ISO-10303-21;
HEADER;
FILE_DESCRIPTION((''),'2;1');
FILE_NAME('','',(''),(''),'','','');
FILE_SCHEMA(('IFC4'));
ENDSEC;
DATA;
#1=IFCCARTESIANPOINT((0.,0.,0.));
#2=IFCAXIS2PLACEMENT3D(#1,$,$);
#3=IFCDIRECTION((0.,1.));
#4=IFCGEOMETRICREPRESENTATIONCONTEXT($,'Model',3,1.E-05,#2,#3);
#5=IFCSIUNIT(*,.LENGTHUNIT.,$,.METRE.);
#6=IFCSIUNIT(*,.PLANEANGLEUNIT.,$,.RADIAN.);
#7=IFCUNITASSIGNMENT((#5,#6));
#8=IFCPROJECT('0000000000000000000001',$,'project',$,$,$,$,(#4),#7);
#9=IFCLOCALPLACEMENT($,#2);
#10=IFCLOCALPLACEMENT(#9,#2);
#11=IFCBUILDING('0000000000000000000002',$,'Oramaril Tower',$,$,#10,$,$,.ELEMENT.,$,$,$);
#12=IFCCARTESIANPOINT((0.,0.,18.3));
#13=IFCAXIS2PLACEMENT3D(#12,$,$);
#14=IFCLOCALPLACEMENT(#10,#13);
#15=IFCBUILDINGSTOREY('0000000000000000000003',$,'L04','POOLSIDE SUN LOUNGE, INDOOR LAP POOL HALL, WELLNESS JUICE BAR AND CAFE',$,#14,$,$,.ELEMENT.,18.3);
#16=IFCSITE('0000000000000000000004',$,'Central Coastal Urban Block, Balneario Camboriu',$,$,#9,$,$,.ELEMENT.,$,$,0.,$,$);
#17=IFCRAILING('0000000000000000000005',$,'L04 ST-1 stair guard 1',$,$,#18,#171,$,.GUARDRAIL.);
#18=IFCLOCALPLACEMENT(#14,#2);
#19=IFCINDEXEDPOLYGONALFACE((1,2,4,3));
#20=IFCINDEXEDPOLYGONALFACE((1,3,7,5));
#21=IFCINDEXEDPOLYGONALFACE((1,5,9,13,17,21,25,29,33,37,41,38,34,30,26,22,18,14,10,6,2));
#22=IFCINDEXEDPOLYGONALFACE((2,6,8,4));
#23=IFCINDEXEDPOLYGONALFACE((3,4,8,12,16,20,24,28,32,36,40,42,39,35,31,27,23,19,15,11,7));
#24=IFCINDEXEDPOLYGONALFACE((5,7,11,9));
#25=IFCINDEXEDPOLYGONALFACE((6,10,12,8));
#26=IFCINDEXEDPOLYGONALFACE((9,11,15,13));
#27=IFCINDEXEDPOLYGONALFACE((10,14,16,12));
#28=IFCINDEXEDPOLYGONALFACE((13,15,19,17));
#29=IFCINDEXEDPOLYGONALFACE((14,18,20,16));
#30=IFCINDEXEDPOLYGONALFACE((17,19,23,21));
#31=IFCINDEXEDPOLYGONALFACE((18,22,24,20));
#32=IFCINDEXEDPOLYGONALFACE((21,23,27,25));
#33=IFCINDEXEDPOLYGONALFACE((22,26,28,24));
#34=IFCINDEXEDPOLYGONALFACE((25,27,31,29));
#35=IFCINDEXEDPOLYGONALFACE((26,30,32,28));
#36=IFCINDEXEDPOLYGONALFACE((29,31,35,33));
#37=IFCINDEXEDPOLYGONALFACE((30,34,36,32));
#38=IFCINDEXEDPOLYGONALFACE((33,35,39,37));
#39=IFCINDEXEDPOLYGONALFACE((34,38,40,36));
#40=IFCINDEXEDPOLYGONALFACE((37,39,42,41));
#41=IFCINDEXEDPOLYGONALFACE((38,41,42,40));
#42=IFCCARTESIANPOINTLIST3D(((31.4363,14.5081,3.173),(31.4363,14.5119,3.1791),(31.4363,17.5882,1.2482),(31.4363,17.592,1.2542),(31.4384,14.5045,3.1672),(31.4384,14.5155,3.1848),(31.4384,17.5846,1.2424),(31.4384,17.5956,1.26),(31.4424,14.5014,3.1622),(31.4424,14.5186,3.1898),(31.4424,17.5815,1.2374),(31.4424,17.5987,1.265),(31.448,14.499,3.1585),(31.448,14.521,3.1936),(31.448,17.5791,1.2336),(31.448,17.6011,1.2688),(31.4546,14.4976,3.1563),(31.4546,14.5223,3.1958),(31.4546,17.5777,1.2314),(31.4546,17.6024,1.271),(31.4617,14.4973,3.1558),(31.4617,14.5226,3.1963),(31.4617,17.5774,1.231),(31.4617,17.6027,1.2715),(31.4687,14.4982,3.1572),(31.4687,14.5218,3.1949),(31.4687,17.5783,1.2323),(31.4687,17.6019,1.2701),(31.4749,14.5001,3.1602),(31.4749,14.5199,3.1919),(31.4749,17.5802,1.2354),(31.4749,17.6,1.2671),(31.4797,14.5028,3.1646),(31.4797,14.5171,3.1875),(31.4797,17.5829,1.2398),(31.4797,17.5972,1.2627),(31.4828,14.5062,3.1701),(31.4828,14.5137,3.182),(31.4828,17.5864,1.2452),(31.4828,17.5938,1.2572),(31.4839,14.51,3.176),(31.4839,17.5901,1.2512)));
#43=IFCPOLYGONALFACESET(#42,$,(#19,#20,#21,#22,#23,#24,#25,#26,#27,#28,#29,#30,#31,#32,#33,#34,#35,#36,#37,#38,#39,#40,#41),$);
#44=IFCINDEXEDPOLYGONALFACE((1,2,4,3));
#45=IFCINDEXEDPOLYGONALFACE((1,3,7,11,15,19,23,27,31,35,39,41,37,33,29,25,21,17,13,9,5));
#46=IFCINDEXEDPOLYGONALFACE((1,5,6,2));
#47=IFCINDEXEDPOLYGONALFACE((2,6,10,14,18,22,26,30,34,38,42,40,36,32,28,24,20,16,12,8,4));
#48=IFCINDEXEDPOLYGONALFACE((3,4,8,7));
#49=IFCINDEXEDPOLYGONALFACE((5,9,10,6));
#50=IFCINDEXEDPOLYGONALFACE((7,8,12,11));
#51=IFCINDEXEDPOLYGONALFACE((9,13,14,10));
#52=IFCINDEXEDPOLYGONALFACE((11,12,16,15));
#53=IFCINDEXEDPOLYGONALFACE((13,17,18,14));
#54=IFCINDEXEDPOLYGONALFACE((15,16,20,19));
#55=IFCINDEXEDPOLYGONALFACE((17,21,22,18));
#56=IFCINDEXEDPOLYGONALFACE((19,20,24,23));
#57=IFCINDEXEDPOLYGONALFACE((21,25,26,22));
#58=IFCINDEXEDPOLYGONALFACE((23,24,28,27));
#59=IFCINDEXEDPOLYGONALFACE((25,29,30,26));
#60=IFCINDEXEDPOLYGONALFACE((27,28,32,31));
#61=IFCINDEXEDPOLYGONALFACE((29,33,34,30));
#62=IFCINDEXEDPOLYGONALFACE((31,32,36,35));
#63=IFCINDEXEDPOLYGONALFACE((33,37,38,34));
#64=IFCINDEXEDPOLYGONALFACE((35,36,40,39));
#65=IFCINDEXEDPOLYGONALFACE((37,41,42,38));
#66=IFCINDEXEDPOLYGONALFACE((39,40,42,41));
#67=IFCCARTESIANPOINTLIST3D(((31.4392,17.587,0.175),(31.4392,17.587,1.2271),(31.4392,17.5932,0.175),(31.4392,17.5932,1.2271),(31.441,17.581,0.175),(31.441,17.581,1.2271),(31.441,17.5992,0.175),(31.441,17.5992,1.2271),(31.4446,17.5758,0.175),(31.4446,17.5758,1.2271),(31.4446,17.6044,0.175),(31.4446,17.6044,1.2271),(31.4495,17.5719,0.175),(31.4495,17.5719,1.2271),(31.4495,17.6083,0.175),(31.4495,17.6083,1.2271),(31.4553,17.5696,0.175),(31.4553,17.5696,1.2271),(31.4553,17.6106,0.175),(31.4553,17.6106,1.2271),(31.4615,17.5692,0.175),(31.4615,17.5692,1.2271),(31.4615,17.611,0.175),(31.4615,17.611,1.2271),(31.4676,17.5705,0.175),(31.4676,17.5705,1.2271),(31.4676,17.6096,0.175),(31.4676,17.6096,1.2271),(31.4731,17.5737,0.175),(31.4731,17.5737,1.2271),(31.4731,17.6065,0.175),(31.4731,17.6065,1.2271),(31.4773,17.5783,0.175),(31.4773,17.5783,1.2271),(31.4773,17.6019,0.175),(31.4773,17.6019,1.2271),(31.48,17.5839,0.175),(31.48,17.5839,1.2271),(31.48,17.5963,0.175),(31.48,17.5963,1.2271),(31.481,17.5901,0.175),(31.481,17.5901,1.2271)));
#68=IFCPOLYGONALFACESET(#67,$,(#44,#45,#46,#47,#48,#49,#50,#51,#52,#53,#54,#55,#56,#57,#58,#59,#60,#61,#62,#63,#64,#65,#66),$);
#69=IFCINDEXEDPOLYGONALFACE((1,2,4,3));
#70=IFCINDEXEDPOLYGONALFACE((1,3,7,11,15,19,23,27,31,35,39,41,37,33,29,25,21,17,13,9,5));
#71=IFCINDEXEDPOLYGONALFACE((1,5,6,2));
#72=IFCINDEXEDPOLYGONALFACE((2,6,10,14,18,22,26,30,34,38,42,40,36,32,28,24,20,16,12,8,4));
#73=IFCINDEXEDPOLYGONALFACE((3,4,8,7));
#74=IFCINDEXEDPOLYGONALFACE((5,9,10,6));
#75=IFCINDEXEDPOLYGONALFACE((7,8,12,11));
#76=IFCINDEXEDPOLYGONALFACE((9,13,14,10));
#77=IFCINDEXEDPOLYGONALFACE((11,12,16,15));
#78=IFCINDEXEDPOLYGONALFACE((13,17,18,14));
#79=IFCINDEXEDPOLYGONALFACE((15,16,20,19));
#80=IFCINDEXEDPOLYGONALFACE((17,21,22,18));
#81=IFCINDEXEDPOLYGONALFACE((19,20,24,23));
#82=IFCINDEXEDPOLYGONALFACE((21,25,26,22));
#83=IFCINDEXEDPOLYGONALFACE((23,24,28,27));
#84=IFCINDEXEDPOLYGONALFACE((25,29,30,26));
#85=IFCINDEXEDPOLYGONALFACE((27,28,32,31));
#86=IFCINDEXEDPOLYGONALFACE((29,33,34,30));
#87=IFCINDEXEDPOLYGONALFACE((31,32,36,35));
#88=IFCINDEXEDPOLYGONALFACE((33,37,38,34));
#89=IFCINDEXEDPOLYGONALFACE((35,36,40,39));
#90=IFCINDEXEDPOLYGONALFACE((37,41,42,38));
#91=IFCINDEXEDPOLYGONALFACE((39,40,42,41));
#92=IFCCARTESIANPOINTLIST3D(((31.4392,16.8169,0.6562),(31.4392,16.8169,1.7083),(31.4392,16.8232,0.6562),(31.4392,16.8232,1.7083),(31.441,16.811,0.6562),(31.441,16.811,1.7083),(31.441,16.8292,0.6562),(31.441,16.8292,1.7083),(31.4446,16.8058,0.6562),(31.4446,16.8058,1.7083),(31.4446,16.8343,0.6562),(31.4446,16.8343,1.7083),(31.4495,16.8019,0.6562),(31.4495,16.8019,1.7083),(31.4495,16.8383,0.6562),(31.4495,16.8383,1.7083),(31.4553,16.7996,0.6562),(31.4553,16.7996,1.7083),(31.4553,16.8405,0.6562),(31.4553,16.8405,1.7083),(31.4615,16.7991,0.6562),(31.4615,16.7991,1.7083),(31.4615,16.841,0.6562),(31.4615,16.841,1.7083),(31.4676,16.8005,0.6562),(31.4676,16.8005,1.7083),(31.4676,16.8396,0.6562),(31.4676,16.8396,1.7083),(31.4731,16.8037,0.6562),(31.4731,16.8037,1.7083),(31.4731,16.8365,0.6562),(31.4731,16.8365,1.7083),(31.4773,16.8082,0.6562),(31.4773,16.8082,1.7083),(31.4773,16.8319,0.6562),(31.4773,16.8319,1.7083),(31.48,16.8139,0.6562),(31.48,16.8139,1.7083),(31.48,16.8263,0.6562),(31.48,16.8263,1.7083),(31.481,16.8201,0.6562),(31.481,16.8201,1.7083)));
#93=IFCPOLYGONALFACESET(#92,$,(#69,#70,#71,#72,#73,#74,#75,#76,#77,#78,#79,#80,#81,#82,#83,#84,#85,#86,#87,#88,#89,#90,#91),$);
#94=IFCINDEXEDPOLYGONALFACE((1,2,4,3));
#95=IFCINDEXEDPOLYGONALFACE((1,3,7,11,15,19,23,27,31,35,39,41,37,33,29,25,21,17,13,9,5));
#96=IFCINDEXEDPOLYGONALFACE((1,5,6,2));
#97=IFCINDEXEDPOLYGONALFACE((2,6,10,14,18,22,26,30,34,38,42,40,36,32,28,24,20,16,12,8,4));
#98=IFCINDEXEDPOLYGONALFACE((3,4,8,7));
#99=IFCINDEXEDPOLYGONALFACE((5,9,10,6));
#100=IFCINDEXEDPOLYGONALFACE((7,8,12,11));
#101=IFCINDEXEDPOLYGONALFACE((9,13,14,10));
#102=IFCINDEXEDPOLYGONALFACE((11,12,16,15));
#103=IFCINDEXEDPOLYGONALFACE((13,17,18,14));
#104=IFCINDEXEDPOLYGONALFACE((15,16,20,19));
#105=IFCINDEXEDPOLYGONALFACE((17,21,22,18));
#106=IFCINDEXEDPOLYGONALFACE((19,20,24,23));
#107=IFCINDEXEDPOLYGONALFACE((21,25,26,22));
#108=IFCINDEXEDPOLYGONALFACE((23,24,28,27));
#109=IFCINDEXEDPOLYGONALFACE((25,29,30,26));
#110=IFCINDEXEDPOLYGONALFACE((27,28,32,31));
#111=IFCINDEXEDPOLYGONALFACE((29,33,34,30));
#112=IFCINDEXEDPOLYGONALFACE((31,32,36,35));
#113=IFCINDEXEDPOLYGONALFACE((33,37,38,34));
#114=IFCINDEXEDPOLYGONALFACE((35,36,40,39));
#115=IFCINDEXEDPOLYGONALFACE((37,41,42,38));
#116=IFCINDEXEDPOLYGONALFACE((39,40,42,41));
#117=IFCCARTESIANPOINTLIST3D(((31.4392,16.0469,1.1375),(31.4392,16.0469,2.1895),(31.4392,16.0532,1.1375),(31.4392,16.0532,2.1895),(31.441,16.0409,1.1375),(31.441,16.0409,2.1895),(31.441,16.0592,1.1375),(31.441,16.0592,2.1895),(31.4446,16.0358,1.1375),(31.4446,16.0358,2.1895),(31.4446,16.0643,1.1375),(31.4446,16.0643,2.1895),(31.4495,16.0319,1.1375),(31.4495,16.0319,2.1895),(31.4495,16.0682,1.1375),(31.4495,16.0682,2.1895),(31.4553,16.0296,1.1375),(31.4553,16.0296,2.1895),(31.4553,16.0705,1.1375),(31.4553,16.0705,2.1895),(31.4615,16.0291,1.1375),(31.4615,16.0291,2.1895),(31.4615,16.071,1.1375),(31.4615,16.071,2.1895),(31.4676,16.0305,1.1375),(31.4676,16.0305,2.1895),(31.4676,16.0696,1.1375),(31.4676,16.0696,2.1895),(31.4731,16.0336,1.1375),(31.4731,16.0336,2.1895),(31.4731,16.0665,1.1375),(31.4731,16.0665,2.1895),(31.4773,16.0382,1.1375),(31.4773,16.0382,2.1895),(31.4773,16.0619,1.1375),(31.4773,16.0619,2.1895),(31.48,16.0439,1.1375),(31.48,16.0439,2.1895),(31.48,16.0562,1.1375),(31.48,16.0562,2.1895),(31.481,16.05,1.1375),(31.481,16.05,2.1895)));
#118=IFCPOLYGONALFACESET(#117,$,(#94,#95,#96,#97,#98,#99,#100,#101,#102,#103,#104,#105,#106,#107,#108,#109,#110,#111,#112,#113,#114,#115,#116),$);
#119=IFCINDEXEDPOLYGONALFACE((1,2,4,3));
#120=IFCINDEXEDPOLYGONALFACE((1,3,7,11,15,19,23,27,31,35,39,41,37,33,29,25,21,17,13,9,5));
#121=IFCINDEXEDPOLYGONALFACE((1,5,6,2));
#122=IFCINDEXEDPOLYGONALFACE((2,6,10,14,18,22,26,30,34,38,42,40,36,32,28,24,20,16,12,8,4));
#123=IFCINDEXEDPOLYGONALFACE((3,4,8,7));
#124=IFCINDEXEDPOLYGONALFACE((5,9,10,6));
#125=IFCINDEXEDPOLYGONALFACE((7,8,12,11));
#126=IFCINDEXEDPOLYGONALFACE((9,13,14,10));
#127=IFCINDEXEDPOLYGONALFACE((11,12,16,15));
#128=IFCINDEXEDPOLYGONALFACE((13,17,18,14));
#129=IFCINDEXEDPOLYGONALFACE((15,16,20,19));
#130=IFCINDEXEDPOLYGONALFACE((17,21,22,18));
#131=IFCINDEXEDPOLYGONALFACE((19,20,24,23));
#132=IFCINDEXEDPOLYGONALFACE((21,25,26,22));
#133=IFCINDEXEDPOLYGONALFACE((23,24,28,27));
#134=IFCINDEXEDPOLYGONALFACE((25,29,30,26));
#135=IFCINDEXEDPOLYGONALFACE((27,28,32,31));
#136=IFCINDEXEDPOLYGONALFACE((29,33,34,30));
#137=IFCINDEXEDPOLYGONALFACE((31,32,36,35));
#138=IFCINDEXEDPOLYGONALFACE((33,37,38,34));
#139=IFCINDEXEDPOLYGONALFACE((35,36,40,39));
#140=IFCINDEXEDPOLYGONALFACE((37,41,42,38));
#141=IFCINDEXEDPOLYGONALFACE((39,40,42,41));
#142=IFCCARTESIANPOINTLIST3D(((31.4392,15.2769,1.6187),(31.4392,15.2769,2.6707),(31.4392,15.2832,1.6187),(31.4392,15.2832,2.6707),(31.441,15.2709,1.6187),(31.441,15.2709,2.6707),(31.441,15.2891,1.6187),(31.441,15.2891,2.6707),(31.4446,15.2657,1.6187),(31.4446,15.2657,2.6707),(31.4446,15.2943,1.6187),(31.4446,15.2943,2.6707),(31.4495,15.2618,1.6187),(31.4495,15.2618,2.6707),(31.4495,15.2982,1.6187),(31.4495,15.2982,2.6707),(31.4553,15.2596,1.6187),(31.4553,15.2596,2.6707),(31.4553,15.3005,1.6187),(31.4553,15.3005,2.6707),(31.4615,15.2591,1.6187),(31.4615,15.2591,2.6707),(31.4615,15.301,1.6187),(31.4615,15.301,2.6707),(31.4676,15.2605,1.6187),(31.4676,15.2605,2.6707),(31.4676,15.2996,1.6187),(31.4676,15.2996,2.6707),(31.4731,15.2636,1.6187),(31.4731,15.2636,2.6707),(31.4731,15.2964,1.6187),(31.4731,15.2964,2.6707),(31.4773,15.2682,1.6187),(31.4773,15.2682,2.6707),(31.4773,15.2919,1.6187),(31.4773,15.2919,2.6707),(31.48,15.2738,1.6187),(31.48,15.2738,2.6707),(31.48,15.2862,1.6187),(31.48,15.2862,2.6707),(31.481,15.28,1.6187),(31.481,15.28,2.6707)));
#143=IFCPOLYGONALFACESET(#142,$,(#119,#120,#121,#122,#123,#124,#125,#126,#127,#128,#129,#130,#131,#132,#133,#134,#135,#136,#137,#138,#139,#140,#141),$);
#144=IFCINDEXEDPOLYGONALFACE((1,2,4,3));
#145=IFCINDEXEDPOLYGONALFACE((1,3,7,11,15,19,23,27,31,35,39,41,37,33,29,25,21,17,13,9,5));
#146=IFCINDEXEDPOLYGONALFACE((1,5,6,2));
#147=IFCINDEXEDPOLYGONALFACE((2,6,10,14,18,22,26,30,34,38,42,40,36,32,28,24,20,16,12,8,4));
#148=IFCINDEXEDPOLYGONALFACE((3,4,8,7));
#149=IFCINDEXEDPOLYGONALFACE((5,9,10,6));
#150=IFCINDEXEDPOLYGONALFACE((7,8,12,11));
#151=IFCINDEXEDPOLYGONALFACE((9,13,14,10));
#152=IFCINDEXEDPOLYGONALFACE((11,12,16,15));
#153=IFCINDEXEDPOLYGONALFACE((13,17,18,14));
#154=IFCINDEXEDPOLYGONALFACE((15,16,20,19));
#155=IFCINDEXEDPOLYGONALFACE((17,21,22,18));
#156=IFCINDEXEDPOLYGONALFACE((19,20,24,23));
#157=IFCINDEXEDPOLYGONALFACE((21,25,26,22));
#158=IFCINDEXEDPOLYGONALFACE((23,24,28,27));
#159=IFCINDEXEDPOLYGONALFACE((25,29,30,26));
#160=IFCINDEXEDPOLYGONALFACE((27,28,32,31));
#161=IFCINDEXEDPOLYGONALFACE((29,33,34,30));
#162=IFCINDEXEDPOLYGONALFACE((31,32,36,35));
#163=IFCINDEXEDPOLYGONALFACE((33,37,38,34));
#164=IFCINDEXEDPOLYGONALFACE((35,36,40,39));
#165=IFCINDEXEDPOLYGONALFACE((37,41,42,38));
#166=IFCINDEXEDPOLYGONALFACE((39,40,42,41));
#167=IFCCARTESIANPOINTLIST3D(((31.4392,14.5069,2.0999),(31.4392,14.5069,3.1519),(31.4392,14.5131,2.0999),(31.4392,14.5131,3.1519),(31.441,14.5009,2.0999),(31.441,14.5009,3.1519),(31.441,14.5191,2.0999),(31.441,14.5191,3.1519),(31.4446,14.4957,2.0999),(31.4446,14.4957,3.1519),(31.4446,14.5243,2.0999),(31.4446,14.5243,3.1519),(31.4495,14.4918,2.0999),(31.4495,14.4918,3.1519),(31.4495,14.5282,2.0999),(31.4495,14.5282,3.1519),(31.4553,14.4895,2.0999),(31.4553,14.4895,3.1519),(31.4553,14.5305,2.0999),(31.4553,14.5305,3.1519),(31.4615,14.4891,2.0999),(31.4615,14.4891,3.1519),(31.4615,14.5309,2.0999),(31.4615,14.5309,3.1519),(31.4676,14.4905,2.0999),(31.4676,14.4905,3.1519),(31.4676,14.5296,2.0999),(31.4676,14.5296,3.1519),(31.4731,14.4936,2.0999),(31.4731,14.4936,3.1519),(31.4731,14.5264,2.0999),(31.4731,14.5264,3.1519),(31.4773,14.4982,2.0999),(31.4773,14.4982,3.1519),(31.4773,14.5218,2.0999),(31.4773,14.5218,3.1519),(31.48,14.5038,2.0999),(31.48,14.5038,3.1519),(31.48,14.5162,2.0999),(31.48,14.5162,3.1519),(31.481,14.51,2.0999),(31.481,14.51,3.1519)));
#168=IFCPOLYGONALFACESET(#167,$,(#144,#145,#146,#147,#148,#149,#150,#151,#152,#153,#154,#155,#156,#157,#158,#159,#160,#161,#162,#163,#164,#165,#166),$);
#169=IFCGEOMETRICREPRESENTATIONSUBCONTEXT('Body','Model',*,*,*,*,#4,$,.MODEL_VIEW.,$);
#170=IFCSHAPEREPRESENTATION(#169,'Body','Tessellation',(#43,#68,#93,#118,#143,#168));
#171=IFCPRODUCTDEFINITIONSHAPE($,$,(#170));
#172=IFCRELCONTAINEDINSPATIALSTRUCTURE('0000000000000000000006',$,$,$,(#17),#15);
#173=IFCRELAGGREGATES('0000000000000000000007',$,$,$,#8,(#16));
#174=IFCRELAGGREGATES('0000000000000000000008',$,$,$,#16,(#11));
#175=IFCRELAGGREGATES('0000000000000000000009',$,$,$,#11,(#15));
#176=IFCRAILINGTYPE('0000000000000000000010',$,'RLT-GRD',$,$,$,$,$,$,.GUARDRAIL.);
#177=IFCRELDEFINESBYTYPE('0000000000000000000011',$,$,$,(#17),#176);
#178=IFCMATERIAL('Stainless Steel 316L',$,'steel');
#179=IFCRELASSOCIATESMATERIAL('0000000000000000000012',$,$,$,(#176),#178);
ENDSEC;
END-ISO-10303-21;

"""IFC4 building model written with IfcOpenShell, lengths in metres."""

from ifc_helpers import new_model, si_unit, direction, frame, origin, origin_2d, place, context, subcontext, project, spatial, circle, extrude, material, type_object, element, save


model = new_model("IFC4")

# Units and contexts
model_context = context("Model", 3, precision=1e-05, world=origin(), true_north=direction((0.0, 1.0)))
body_context = subcontext(model_context, "Body", "Model", "MODEL_VIEW")
ifc_project = project(units=[si_unit("LENGTHUNIT", "METRE"), si_unit("PLANEANGLEUNIT", "RADIAN")], contexts=[model_context])

# Site, building, storey
site_placement = place(None, origin())
site = spatial("IfcSite", under=ifc_project, at=site_placement, Name="Central Coastal Urban Block, Balneario Camboriu", CompositionType="ELEMENT", RefElevation=0.0)
building_placement = place(site_placement, origin())
building = spatial("IfcBuilding", under=site, at=building_placement, Name="Oramaril Tower", CompositionType="ELEMENT")
storey_placement = place(building_placement, frame((0.0, 0.0, 18.3)))
storey = spatial("IfcBuildingStorey", under=building, at=storey_placement, Name="L04", Description="POOLSIDE SUN LOUNGE, INDOOR LAP POOL HALL, WELLNESS JUICE BAR AND CAFE", CompositionType="ELEMENT", Elevation=18.3)

# Railing
ifc_material_1 = material(Name="Stainless Steel 316L", Category="steel")
railing_type_1 = type_object("IfcRailingType", Name="RLT-GRD", PredefinedType="GUARDRAIL", material=ifc_material_1)
railing_1_placement = place(storey_placement, frame((31.46, 17.5901, 0.175)))
element("IfcRailing", 1, at=railing_1_placement, inside=storey, type_object=railing_type_1, Name="L04 ST-1 stair guard 1", PredefinedType="GUARDRAIL", context=body_context, shape_type="SweptSolid", body=[
    extrude(circle(Radius=0.0239, at=origin_2d()), frame((0.0, 0.0, 1.0762), z_axis=(0.0, -0.848029, 0.529951), x_axis=(1.0, 0.0, 0.0)), (0.0, 0.0, 1.0), 3.6321),
    extrude(circle(Radius=0.021, at=origin_2d()), origin(), (0.0, 0.0, 1.0), 1.052),
    extrude(circle(Radius=0.021, at=origin_2d()), frame((0.0, -0.77, 0.4812)), (0.0, 0.0, 1.0), 1.052),
    extrude(circle(Radius=0.021, at=origin_2d()), frame((0.0, -1.54, 0.9624)), (0.0, 0.0, 1.0), 1.052),
    extrude(circle(Radius=0.021, at=origin_2d()), frame((0.0, -2.3101, 1.4436)), (0.0, 0.0, 1.0), 1.052),
    extrude(circle(Radius=0.021, at=origin_2d()), frame((0.0, -3.0801, 1.9248)), (0.0, 0.0, 1.0), 1.052),
])

save(model, "model.ifc")
